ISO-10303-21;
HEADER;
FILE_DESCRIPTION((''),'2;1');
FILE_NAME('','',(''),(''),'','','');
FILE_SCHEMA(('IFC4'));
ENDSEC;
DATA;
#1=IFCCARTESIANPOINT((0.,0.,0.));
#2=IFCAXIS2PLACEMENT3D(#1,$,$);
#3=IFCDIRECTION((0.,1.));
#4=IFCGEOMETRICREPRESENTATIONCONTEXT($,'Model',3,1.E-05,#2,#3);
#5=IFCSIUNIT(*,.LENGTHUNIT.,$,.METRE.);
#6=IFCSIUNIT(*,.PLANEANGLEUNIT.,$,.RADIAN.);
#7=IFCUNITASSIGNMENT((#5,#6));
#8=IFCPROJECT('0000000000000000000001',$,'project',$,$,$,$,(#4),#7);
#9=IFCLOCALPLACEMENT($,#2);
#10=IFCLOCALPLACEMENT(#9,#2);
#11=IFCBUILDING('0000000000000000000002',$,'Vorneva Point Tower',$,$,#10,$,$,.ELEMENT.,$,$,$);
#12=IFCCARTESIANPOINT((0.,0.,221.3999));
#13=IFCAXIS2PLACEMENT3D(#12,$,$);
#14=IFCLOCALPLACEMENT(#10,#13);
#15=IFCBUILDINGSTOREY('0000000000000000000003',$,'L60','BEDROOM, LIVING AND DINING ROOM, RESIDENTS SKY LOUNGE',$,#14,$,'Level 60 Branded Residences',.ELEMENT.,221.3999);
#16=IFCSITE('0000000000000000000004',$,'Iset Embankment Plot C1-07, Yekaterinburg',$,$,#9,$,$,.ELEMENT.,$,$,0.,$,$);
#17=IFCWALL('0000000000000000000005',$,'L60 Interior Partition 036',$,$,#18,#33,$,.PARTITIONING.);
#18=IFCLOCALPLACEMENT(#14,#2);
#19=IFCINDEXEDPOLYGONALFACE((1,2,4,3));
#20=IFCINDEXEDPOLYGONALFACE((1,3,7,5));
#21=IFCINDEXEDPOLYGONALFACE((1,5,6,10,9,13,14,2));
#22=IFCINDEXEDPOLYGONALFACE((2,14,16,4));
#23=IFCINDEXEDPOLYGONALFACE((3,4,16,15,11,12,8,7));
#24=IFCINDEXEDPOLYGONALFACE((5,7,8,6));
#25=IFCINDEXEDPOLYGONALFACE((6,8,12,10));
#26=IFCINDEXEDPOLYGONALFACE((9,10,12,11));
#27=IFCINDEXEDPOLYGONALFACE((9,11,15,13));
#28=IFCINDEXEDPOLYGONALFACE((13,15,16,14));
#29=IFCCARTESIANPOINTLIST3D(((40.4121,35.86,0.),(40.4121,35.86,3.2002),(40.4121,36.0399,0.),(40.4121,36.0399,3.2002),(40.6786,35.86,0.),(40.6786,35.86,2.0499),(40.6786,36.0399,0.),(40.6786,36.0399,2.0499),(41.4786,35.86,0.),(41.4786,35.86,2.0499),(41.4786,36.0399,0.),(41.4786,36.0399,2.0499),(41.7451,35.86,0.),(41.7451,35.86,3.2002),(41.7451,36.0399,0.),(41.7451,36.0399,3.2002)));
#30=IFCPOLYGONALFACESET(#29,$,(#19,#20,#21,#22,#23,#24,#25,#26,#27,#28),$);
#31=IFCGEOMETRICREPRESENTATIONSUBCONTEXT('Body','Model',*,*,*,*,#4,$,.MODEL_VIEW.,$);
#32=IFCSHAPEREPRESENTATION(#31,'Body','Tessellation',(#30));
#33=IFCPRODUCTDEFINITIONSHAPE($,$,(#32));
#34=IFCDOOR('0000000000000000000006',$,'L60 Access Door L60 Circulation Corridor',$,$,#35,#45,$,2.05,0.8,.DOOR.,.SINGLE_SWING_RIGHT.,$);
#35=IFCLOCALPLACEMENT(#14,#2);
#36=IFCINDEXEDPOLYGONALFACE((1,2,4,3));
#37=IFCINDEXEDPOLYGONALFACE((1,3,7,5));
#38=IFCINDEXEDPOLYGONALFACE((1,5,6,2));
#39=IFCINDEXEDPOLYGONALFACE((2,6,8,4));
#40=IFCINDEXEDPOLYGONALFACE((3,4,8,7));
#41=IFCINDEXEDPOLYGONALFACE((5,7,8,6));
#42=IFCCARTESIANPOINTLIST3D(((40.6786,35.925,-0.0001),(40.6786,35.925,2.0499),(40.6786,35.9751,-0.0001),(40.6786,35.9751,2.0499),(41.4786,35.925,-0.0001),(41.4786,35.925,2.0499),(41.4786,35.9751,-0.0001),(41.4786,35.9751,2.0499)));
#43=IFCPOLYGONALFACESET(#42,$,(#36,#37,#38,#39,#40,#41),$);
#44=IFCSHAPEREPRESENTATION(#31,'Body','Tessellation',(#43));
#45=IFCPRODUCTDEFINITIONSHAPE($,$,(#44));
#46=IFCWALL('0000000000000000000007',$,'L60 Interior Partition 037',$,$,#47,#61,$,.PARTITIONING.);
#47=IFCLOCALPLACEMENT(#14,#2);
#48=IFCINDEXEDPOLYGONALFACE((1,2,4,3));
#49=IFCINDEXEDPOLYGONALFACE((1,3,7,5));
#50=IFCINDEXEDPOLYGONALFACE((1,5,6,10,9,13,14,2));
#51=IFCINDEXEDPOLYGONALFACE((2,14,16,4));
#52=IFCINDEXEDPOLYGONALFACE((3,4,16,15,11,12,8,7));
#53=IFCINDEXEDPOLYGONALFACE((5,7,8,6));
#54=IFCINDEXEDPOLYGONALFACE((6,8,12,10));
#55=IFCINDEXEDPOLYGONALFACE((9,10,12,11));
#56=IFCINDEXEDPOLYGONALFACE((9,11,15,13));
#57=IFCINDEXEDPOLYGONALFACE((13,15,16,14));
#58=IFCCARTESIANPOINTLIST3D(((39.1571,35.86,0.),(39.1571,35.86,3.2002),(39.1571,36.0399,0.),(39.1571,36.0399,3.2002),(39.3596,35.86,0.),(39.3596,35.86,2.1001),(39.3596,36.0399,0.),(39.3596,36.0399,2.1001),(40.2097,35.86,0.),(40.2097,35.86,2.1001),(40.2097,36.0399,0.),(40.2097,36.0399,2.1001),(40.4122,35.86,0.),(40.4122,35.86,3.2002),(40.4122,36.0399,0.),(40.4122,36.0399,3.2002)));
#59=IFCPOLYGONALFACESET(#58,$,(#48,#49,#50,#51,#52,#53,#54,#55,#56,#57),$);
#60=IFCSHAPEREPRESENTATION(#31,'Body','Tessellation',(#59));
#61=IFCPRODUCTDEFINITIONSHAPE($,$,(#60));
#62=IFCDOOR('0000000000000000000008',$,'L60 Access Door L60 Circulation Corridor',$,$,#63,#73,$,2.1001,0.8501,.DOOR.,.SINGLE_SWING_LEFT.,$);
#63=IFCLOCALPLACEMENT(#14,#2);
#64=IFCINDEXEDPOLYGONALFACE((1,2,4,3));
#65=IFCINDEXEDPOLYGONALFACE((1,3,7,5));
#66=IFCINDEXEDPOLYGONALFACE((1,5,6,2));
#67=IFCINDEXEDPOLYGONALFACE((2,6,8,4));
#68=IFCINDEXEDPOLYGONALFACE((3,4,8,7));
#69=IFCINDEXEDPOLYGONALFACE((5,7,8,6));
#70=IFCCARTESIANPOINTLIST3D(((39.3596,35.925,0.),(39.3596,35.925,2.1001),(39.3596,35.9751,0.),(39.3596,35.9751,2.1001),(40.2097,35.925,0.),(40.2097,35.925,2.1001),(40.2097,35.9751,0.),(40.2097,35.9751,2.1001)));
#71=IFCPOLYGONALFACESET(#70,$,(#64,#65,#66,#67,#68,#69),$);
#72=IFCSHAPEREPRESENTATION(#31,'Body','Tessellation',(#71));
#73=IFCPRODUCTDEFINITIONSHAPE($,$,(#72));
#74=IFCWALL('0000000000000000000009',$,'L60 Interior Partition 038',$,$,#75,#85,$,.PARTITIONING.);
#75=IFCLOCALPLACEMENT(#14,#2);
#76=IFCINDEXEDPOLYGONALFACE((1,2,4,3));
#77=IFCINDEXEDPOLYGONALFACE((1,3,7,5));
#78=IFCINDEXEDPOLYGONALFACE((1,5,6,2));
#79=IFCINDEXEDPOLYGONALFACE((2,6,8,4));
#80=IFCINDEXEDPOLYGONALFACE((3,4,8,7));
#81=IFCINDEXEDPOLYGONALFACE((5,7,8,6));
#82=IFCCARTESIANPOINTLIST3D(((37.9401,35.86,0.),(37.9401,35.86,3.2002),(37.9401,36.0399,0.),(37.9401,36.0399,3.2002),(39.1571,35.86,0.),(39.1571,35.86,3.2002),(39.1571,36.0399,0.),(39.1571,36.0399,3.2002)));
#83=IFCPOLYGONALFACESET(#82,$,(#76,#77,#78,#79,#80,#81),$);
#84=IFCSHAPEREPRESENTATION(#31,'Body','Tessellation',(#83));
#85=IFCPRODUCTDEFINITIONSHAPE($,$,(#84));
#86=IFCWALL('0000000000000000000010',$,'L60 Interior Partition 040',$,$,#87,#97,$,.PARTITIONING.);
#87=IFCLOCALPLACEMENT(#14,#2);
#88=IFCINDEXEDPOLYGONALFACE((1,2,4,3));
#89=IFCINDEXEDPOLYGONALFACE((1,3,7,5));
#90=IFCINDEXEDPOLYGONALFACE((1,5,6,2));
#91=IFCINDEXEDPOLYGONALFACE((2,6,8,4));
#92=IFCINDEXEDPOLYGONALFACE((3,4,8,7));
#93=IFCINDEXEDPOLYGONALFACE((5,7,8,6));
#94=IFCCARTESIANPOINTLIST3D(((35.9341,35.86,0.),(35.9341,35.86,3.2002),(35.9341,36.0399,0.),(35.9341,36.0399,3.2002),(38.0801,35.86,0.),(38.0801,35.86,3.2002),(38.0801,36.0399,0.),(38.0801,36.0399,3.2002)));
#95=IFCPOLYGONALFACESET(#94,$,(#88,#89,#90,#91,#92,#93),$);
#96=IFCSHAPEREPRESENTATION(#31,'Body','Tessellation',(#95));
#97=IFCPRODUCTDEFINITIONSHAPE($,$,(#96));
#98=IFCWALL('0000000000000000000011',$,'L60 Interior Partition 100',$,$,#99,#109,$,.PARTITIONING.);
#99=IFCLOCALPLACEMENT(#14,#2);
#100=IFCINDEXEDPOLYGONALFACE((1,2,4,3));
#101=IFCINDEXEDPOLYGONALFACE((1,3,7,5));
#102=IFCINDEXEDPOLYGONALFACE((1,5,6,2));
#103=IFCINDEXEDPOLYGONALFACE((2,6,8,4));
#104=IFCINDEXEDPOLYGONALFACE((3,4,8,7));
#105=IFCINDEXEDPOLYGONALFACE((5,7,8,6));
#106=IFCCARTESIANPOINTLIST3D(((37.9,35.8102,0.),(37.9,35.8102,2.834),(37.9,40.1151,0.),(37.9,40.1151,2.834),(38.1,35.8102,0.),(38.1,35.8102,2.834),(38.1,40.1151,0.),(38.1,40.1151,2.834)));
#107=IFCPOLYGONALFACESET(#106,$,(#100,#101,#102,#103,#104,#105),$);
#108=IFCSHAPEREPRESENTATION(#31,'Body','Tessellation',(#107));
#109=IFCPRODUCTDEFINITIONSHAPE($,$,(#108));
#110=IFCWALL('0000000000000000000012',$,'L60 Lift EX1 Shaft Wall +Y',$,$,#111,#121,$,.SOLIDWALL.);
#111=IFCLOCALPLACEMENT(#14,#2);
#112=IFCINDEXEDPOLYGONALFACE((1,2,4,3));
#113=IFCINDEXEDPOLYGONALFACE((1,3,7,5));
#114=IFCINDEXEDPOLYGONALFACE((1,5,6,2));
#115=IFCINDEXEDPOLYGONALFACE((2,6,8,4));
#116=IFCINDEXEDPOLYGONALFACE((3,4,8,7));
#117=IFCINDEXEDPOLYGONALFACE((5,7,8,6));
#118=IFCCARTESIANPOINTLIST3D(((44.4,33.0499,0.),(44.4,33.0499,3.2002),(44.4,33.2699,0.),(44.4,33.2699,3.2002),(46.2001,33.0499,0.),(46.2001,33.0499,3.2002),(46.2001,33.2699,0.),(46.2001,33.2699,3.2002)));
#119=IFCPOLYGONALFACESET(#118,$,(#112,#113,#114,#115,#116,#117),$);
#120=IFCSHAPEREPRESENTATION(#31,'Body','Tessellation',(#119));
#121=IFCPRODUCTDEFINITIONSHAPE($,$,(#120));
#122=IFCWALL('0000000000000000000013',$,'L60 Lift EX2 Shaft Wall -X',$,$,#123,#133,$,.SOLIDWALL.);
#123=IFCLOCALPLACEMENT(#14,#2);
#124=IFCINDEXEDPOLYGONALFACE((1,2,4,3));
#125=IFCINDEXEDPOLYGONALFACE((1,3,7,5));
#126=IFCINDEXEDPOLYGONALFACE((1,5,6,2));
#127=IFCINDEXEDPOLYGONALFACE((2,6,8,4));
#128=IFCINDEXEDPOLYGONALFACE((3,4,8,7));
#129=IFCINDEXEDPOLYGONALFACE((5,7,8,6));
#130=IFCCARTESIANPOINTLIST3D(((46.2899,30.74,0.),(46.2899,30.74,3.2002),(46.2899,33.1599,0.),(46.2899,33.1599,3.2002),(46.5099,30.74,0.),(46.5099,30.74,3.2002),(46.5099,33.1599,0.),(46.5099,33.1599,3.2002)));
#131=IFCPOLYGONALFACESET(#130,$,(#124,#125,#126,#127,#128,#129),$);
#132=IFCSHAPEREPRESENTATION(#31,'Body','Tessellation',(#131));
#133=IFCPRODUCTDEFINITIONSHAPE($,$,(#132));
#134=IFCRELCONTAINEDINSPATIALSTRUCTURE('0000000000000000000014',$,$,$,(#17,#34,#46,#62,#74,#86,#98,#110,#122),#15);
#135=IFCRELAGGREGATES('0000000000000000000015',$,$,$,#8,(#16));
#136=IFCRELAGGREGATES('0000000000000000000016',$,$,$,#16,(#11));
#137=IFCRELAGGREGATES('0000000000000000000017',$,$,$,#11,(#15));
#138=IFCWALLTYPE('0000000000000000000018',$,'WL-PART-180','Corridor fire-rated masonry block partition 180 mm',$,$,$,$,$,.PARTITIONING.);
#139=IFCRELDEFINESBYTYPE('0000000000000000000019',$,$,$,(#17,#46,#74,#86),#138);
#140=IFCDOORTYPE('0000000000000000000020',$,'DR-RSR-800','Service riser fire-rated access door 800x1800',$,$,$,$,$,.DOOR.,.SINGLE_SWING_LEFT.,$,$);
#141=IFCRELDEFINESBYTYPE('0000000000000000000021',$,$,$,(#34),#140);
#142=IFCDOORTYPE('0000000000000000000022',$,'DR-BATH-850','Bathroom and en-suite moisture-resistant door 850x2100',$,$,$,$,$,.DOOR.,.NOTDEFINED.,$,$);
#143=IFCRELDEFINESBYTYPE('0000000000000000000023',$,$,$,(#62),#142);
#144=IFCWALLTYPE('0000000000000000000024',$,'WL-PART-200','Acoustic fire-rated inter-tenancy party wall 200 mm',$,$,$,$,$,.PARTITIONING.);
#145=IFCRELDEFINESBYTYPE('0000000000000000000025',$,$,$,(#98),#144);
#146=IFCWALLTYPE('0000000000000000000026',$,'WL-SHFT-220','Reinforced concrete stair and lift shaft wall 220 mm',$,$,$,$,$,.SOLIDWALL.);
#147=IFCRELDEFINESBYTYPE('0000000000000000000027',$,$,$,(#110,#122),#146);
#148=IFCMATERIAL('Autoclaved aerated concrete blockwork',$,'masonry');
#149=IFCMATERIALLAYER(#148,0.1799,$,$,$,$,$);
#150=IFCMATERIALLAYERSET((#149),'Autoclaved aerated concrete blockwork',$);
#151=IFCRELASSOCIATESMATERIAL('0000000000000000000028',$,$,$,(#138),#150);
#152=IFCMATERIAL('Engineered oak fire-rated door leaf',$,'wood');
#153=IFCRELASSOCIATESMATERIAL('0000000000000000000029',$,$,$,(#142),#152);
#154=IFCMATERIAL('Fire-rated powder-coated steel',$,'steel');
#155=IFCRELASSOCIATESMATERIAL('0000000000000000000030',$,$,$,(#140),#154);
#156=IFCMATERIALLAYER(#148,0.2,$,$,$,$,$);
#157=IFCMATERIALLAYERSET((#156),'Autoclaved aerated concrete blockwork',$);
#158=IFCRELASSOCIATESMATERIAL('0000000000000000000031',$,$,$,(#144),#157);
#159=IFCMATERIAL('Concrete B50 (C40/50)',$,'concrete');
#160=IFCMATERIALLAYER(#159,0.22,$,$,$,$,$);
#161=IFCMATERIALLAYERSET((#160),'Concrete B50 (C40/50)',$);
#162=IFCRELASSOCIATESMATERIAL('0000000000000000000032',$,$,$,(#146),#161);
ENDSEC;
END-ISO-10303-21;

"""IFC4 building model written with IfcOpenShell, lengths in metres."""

from ifc_helpers import new_model, si_unit, direction, frame, frame_2d, origin, place, context, subcontext, project, spatial, rectangle, extrude, material, layer, layer_set, type_object, element, fill, save


model = new_model("IFC4")

# Units and contexts
model_context = context("Model", 3, precision=1e-05, world=origin(), true_north=direction((0.0, 1.0)))
body_context = subcontext(model_context, "Body", "Model", "MODEL_VIEW")
ifc_project = project(units=[si_unit("LENGTHUNIT", "METRE"), si_unit("PLANEANGLEUNIT", "RADIAN")], contexts=[model_context])

# Site, building, storey
site_placement = place(None, origin())
site = spatial("IfcSite", under=ifc_project, at=site_placement, Name="Iset Embankment Plot C1-07, Yekaterinburg", CompositionType="ELEMENT", RefElevation=0.0)
building_placement = place(site_placement, origin())
building = spatial("IfcBuilding", under=site, at=building_placement, Name="Vorneva Point Tower", CompositionType="ELEMENT")
storey_placement = place(building_placement, frame((0.0, 0.0, 221.3999)))
storey = spatial("IfcBuildingStorey", under=building, at=storey_placement, Name="L60", Description="BEDROOM, LIVING AND DINING ROOM, RESIDENTS SKY LOUNGE", LongName="Level 60 Branded Residences", CompositionType="ELEMENT", Elevation=221.3999)

# Shared definitions
ifc_material_1 = material(Name="Autoclaved aerated concrete blockwork", Category="masonry")
ifc_layer_1 = layer(ifc_material_1, 0.1799)
ifc_layer_set_1 = layer_set([ifc_layer_1], Name="Autoclaved aerated concrete blockwork")
wall_type_1 = type_object("IfcWallType", Name="WL-PART-180", Description="Corridor fire-rated masonry block partition 180 mm", PredefinedType="PARTITIONING", material=ifc_layer_set_1)
ifc_material_2 = material(Name="Engineered oak fire-rated door leaf", Category="wood")
door_type_1 = type_object("IfcDoorType", Name="DR-BATH-850", Description="Bathroom and en-suite moisture-resistant door 850x2100", OperationType="NOTDEFINED", PredefinedType="DOOR", material=ifc_material_2)

# Walls, openings, doors
ifc_material_3 = material(Name="Fire-rated powder-coated steel", Category="steel")
door_type_2 = type_object("IfcDoorType", Name="DR-RSR-800", Description="Service riser fire-rated access door 800x1800", OperationType="SINGLE_SWING_LEFT", PredefinedType="DOOR", material=ifc_material_3)
wall_1_placement = place(storey_placement, frame((41.7451, 35.95, 0.0), z_axis=(0.0, 0.0, 1.0), x_axis=(-1.0, 0.0, 0.0)))
wall_1 = element("IfcWall", 1, at=wall_1_placement, inside=storey, type_object=wall_type_1, Name="L60 Interior Partition 036", PredefinedType="PARTITIONING", context=body_context, shape_type="SweptSolid", body=[
    extrude(rectangle(XDim=1.333, YDim=0.1799, at=frame_2d((0.6665, 0.0))), origin(), (0.0, 0.0, 1.0), 3.2002),
])
opening_1_placement = place(wall_1_placement, frame((0.2666, 0.0, 0.0)))
opening_1 = element("IfcOpeningElement", 2, at=opening_1_placement, cuts=wall_1, PredefinedType="OPENING", context=body_context, shape_type="SweptSolid", body=[
    extrude(rectangle(XDim=0.8, YDim=2.05, at=frame_2d((0.3999, 1.0249))), frame((0.0, 0.105, 0.0), z_axis=(0.0, -1.0, 0.0), x_axis=(1.0, 0.0, 0.0)), (0.0, 0.0, 1.0), 0.2097),
])
door_1_placement = place(opening_1_placement, origin())
door_1 = element("IfcDoor", 3, at=door_1_placement, inside=storey, type_object=door_type_2, Name="L60 Access Door L60 Circulation Corridor", OperationType="SINGLE_SWING_RIGHT", OverallHeight=2.05, OverallWidth=0.8, PredefinedType="DOOR", context=body_context, shape_type="SweptSolid", body=[
    extrude(rectangle(XDim=0.8, YDim=2.05, at=frame_2d((0.3999, 1.0249))), frame((0.0, 0.0249, 0.0), z_axis=(0.0, -1.0, 0.0), x_axis=(1.0, 0.0, 0.0)), (0.0, 0.0, 1.0), 0.05),
])
fill(opening_1, door_1)
wall_2_placement = place(storey_placement, frame((40.4121, 35.95, 0.0), z_axis=(0.0, 0.0, 1.0), x_axis=(-1.0, 0.0, 0.0)))
wall_2 = element("IfcWall", 4, at=wall_2_placement, inside=storey, type_object=wall_type_1, Name="L60 Interior Partition 037", PredefinedType="PARTITIONING", context=body_context, shape_type="SweptSolid", body=[
    extrude(rectangle(XDim=1.2551, YDim=0.1799, at=frame_2d((0.6274, 0.0))), origin(), (0.0, 0.0, 1.0), 3.2002),
])
opening_2_placement = place(wall_2_placement, frame((0.2024, 0.0, 0.0)))
opening_2 = element("IfcOpeningElement", 5, at=opening_2_placement, cuts=wall_2, PredefinedType="OPENING", context=body_context, shape_type="SweptSolid", body=[
    extrude(rectangle(XDim=0.8501, YDim=2.1001, at=frame_2d((0.425, 1.05))), frame((0.0, 0.105, 0.0), z_axis=(0.0, -1.0, 0.0), x_axis=(1.0, 0.0, 0.0)), (0.0, 0.0, 1.0), 0.2097),
])
door_2_placement = place(opening_2_placement, origin())
door_2 = element("IfcDoor", 6, at=door_2_placement, inside=storey, type_object=door_type_1, Name="L60 Access Door L60 Circulation Corridor", OperationType="SINGLE_SWING_LEFT", OverallHeight=2.1001, OverallWidth=0.8501, PredefinedType="DOOR", context=body_context, shape_type="SweptSolid", body=[
    extrude(rectangle(XDim=0.8501, YDim=2.1001, at=frame_2d((0.425, 1.05))), frame((0.0, 0.0249, 0.0), z_axis=(0.0, -1.0, 0.0), x_axis=(1.0, 0.0, 0.0)), (0.0, 0.0, 1.0), 0.05),
])
fill(opening_2, door_2)

# Walls
wall_3_placement = place(storey_placement, frame((39.157, 35.95, 0.0), z_axis=(0.0, 0.0, 1.0), x_axis=(-1.0, 0.0, 0.0)))
element("IfcWall", 7, at=wall_3_placement, inside=storey, type_object=wall_type_1, Name="L60 Interior Partition 038", PredefinedType="PARTITIONING", context=body_context, shape_type="SweptSolid", body=[
    extrude(rectangle(XDim=1.217, YDim=0.1799, at=frame_2d((0.6084, 0.0))), origin(), (0.0, 0.0, 1.0), 3.2002),
])
wall_4_placement = place(storey_placement, frame((38.0801, 35.95, 0.0), z_axis=(0.0, 0.0, 1.0), x_axis=(-1.0, 0.0, 0.0)))
element("IfcWall", 8, at=wall_4_placement, inside=storey, type_object=wall_type_1, Name="L60 Interior Partition 040", PredefinedType="PARTITIONING", context=body_context, shape_type="SweptSolid", body=[
    extrude(rectangle(XDim=2.146, YDim=0.1799, at=frame_2d((1.073, 0.0))), origin(), (0.0, 0.0, 1.0), 3.2002),
])
ifc_layer_2 = layer(ifc_material_1, 0.2)
ifc_layer_set_2 = layer_set([ifc_layer_2], Name="Autoclaved aerated concrete blockwork")
wall_type_2 = type_object("IfcWallType", Name="WL-PART-200", Description="Acoustic fire-rated inter-tenancy party wall 200 mm", PredefinedType="PARTITIONING", material=ifc_layer_set_2)
wall_5_placement = place(storey_placement, frame((38.0, 40.115, 0.0), z_axis=(0.0, 0.0, 1.0), x_axis=(0.0, -1.0, 0.0)))
element("IfcWall", 9, at=wall_5_placement, inside=storey, type_object=wall_type_2, Name="L60 Interior Partition 100", PredefinedType="PARTITIONING", context=body_context, shape_type="SweptSolid", body=[
    extrude(rectangle(XDim=4.3049, YDim=0.2, at=frame_2d((2.1523, 0.0))), origin(), (0.0, 0.0, 1.0), 2.834),
])
ifc_material_4 = material(Name="Concrete B50 (C40/50)", Category="concrete")
ifc_layer_3 = layer(ifc_material_4, 0.22)
ifc_layer_set_3 = layer_set([ifc_layer_3], Name="Concrete B50 (C40/50)")
wall_type_3 = type_object("IfcWallType", Name="WL-SHFT-220", Description="Reinforced concrete stair and lift shaft wall 220 mm", PredefinedType="SOLIDWALL", material=ifc_layer_set_3)
wall_6_placement = place(storey_placement, frame((46.2, 33.1599, 0.0), z_axis=(0.0, 0.0, 1.0), x_axis=(-1.0, 0.0, 0.0)))
element("IfcWall", 10, at=wall_6_placement, inside=storey, type_object=wall_type_3, Name="L60 Lift EX1 Shaft Wall +Y", PredefinedType="SOLIDWALL", context=body_context, shape_type="SweptSolid", body=[
    extrude(rectangle(XDim=1.8, YDim=0.22, at=frame_2d((0.8999, 0.0))), origin(), (0.0, 0.0, 1.0), 3.2002),
])
wall_7_placement = place(storey_placement, frame((46.3999, 33.1599, 0.0), z_axis=(0.0, 0.0, 1.0), x_axis=(0.0, -1.0, 0.0)))
element("IfcWall", 11, at=wall_7_placement, inside=storey, type_object=wall_type_3, Name="L60 Lift EX2 Shaft Wall -X", PredefinedType="SOLIDWALL", context=body_context, shape_type="SweptSolid", body=[
    extrude(rectangle(XDim=2.4199, YDim=0.22, at=frame_2d((1.21, 0.0))), origin(), (0.0, 0.0, 1.0), 3.2002),
])

save(model, "model.ifc")
